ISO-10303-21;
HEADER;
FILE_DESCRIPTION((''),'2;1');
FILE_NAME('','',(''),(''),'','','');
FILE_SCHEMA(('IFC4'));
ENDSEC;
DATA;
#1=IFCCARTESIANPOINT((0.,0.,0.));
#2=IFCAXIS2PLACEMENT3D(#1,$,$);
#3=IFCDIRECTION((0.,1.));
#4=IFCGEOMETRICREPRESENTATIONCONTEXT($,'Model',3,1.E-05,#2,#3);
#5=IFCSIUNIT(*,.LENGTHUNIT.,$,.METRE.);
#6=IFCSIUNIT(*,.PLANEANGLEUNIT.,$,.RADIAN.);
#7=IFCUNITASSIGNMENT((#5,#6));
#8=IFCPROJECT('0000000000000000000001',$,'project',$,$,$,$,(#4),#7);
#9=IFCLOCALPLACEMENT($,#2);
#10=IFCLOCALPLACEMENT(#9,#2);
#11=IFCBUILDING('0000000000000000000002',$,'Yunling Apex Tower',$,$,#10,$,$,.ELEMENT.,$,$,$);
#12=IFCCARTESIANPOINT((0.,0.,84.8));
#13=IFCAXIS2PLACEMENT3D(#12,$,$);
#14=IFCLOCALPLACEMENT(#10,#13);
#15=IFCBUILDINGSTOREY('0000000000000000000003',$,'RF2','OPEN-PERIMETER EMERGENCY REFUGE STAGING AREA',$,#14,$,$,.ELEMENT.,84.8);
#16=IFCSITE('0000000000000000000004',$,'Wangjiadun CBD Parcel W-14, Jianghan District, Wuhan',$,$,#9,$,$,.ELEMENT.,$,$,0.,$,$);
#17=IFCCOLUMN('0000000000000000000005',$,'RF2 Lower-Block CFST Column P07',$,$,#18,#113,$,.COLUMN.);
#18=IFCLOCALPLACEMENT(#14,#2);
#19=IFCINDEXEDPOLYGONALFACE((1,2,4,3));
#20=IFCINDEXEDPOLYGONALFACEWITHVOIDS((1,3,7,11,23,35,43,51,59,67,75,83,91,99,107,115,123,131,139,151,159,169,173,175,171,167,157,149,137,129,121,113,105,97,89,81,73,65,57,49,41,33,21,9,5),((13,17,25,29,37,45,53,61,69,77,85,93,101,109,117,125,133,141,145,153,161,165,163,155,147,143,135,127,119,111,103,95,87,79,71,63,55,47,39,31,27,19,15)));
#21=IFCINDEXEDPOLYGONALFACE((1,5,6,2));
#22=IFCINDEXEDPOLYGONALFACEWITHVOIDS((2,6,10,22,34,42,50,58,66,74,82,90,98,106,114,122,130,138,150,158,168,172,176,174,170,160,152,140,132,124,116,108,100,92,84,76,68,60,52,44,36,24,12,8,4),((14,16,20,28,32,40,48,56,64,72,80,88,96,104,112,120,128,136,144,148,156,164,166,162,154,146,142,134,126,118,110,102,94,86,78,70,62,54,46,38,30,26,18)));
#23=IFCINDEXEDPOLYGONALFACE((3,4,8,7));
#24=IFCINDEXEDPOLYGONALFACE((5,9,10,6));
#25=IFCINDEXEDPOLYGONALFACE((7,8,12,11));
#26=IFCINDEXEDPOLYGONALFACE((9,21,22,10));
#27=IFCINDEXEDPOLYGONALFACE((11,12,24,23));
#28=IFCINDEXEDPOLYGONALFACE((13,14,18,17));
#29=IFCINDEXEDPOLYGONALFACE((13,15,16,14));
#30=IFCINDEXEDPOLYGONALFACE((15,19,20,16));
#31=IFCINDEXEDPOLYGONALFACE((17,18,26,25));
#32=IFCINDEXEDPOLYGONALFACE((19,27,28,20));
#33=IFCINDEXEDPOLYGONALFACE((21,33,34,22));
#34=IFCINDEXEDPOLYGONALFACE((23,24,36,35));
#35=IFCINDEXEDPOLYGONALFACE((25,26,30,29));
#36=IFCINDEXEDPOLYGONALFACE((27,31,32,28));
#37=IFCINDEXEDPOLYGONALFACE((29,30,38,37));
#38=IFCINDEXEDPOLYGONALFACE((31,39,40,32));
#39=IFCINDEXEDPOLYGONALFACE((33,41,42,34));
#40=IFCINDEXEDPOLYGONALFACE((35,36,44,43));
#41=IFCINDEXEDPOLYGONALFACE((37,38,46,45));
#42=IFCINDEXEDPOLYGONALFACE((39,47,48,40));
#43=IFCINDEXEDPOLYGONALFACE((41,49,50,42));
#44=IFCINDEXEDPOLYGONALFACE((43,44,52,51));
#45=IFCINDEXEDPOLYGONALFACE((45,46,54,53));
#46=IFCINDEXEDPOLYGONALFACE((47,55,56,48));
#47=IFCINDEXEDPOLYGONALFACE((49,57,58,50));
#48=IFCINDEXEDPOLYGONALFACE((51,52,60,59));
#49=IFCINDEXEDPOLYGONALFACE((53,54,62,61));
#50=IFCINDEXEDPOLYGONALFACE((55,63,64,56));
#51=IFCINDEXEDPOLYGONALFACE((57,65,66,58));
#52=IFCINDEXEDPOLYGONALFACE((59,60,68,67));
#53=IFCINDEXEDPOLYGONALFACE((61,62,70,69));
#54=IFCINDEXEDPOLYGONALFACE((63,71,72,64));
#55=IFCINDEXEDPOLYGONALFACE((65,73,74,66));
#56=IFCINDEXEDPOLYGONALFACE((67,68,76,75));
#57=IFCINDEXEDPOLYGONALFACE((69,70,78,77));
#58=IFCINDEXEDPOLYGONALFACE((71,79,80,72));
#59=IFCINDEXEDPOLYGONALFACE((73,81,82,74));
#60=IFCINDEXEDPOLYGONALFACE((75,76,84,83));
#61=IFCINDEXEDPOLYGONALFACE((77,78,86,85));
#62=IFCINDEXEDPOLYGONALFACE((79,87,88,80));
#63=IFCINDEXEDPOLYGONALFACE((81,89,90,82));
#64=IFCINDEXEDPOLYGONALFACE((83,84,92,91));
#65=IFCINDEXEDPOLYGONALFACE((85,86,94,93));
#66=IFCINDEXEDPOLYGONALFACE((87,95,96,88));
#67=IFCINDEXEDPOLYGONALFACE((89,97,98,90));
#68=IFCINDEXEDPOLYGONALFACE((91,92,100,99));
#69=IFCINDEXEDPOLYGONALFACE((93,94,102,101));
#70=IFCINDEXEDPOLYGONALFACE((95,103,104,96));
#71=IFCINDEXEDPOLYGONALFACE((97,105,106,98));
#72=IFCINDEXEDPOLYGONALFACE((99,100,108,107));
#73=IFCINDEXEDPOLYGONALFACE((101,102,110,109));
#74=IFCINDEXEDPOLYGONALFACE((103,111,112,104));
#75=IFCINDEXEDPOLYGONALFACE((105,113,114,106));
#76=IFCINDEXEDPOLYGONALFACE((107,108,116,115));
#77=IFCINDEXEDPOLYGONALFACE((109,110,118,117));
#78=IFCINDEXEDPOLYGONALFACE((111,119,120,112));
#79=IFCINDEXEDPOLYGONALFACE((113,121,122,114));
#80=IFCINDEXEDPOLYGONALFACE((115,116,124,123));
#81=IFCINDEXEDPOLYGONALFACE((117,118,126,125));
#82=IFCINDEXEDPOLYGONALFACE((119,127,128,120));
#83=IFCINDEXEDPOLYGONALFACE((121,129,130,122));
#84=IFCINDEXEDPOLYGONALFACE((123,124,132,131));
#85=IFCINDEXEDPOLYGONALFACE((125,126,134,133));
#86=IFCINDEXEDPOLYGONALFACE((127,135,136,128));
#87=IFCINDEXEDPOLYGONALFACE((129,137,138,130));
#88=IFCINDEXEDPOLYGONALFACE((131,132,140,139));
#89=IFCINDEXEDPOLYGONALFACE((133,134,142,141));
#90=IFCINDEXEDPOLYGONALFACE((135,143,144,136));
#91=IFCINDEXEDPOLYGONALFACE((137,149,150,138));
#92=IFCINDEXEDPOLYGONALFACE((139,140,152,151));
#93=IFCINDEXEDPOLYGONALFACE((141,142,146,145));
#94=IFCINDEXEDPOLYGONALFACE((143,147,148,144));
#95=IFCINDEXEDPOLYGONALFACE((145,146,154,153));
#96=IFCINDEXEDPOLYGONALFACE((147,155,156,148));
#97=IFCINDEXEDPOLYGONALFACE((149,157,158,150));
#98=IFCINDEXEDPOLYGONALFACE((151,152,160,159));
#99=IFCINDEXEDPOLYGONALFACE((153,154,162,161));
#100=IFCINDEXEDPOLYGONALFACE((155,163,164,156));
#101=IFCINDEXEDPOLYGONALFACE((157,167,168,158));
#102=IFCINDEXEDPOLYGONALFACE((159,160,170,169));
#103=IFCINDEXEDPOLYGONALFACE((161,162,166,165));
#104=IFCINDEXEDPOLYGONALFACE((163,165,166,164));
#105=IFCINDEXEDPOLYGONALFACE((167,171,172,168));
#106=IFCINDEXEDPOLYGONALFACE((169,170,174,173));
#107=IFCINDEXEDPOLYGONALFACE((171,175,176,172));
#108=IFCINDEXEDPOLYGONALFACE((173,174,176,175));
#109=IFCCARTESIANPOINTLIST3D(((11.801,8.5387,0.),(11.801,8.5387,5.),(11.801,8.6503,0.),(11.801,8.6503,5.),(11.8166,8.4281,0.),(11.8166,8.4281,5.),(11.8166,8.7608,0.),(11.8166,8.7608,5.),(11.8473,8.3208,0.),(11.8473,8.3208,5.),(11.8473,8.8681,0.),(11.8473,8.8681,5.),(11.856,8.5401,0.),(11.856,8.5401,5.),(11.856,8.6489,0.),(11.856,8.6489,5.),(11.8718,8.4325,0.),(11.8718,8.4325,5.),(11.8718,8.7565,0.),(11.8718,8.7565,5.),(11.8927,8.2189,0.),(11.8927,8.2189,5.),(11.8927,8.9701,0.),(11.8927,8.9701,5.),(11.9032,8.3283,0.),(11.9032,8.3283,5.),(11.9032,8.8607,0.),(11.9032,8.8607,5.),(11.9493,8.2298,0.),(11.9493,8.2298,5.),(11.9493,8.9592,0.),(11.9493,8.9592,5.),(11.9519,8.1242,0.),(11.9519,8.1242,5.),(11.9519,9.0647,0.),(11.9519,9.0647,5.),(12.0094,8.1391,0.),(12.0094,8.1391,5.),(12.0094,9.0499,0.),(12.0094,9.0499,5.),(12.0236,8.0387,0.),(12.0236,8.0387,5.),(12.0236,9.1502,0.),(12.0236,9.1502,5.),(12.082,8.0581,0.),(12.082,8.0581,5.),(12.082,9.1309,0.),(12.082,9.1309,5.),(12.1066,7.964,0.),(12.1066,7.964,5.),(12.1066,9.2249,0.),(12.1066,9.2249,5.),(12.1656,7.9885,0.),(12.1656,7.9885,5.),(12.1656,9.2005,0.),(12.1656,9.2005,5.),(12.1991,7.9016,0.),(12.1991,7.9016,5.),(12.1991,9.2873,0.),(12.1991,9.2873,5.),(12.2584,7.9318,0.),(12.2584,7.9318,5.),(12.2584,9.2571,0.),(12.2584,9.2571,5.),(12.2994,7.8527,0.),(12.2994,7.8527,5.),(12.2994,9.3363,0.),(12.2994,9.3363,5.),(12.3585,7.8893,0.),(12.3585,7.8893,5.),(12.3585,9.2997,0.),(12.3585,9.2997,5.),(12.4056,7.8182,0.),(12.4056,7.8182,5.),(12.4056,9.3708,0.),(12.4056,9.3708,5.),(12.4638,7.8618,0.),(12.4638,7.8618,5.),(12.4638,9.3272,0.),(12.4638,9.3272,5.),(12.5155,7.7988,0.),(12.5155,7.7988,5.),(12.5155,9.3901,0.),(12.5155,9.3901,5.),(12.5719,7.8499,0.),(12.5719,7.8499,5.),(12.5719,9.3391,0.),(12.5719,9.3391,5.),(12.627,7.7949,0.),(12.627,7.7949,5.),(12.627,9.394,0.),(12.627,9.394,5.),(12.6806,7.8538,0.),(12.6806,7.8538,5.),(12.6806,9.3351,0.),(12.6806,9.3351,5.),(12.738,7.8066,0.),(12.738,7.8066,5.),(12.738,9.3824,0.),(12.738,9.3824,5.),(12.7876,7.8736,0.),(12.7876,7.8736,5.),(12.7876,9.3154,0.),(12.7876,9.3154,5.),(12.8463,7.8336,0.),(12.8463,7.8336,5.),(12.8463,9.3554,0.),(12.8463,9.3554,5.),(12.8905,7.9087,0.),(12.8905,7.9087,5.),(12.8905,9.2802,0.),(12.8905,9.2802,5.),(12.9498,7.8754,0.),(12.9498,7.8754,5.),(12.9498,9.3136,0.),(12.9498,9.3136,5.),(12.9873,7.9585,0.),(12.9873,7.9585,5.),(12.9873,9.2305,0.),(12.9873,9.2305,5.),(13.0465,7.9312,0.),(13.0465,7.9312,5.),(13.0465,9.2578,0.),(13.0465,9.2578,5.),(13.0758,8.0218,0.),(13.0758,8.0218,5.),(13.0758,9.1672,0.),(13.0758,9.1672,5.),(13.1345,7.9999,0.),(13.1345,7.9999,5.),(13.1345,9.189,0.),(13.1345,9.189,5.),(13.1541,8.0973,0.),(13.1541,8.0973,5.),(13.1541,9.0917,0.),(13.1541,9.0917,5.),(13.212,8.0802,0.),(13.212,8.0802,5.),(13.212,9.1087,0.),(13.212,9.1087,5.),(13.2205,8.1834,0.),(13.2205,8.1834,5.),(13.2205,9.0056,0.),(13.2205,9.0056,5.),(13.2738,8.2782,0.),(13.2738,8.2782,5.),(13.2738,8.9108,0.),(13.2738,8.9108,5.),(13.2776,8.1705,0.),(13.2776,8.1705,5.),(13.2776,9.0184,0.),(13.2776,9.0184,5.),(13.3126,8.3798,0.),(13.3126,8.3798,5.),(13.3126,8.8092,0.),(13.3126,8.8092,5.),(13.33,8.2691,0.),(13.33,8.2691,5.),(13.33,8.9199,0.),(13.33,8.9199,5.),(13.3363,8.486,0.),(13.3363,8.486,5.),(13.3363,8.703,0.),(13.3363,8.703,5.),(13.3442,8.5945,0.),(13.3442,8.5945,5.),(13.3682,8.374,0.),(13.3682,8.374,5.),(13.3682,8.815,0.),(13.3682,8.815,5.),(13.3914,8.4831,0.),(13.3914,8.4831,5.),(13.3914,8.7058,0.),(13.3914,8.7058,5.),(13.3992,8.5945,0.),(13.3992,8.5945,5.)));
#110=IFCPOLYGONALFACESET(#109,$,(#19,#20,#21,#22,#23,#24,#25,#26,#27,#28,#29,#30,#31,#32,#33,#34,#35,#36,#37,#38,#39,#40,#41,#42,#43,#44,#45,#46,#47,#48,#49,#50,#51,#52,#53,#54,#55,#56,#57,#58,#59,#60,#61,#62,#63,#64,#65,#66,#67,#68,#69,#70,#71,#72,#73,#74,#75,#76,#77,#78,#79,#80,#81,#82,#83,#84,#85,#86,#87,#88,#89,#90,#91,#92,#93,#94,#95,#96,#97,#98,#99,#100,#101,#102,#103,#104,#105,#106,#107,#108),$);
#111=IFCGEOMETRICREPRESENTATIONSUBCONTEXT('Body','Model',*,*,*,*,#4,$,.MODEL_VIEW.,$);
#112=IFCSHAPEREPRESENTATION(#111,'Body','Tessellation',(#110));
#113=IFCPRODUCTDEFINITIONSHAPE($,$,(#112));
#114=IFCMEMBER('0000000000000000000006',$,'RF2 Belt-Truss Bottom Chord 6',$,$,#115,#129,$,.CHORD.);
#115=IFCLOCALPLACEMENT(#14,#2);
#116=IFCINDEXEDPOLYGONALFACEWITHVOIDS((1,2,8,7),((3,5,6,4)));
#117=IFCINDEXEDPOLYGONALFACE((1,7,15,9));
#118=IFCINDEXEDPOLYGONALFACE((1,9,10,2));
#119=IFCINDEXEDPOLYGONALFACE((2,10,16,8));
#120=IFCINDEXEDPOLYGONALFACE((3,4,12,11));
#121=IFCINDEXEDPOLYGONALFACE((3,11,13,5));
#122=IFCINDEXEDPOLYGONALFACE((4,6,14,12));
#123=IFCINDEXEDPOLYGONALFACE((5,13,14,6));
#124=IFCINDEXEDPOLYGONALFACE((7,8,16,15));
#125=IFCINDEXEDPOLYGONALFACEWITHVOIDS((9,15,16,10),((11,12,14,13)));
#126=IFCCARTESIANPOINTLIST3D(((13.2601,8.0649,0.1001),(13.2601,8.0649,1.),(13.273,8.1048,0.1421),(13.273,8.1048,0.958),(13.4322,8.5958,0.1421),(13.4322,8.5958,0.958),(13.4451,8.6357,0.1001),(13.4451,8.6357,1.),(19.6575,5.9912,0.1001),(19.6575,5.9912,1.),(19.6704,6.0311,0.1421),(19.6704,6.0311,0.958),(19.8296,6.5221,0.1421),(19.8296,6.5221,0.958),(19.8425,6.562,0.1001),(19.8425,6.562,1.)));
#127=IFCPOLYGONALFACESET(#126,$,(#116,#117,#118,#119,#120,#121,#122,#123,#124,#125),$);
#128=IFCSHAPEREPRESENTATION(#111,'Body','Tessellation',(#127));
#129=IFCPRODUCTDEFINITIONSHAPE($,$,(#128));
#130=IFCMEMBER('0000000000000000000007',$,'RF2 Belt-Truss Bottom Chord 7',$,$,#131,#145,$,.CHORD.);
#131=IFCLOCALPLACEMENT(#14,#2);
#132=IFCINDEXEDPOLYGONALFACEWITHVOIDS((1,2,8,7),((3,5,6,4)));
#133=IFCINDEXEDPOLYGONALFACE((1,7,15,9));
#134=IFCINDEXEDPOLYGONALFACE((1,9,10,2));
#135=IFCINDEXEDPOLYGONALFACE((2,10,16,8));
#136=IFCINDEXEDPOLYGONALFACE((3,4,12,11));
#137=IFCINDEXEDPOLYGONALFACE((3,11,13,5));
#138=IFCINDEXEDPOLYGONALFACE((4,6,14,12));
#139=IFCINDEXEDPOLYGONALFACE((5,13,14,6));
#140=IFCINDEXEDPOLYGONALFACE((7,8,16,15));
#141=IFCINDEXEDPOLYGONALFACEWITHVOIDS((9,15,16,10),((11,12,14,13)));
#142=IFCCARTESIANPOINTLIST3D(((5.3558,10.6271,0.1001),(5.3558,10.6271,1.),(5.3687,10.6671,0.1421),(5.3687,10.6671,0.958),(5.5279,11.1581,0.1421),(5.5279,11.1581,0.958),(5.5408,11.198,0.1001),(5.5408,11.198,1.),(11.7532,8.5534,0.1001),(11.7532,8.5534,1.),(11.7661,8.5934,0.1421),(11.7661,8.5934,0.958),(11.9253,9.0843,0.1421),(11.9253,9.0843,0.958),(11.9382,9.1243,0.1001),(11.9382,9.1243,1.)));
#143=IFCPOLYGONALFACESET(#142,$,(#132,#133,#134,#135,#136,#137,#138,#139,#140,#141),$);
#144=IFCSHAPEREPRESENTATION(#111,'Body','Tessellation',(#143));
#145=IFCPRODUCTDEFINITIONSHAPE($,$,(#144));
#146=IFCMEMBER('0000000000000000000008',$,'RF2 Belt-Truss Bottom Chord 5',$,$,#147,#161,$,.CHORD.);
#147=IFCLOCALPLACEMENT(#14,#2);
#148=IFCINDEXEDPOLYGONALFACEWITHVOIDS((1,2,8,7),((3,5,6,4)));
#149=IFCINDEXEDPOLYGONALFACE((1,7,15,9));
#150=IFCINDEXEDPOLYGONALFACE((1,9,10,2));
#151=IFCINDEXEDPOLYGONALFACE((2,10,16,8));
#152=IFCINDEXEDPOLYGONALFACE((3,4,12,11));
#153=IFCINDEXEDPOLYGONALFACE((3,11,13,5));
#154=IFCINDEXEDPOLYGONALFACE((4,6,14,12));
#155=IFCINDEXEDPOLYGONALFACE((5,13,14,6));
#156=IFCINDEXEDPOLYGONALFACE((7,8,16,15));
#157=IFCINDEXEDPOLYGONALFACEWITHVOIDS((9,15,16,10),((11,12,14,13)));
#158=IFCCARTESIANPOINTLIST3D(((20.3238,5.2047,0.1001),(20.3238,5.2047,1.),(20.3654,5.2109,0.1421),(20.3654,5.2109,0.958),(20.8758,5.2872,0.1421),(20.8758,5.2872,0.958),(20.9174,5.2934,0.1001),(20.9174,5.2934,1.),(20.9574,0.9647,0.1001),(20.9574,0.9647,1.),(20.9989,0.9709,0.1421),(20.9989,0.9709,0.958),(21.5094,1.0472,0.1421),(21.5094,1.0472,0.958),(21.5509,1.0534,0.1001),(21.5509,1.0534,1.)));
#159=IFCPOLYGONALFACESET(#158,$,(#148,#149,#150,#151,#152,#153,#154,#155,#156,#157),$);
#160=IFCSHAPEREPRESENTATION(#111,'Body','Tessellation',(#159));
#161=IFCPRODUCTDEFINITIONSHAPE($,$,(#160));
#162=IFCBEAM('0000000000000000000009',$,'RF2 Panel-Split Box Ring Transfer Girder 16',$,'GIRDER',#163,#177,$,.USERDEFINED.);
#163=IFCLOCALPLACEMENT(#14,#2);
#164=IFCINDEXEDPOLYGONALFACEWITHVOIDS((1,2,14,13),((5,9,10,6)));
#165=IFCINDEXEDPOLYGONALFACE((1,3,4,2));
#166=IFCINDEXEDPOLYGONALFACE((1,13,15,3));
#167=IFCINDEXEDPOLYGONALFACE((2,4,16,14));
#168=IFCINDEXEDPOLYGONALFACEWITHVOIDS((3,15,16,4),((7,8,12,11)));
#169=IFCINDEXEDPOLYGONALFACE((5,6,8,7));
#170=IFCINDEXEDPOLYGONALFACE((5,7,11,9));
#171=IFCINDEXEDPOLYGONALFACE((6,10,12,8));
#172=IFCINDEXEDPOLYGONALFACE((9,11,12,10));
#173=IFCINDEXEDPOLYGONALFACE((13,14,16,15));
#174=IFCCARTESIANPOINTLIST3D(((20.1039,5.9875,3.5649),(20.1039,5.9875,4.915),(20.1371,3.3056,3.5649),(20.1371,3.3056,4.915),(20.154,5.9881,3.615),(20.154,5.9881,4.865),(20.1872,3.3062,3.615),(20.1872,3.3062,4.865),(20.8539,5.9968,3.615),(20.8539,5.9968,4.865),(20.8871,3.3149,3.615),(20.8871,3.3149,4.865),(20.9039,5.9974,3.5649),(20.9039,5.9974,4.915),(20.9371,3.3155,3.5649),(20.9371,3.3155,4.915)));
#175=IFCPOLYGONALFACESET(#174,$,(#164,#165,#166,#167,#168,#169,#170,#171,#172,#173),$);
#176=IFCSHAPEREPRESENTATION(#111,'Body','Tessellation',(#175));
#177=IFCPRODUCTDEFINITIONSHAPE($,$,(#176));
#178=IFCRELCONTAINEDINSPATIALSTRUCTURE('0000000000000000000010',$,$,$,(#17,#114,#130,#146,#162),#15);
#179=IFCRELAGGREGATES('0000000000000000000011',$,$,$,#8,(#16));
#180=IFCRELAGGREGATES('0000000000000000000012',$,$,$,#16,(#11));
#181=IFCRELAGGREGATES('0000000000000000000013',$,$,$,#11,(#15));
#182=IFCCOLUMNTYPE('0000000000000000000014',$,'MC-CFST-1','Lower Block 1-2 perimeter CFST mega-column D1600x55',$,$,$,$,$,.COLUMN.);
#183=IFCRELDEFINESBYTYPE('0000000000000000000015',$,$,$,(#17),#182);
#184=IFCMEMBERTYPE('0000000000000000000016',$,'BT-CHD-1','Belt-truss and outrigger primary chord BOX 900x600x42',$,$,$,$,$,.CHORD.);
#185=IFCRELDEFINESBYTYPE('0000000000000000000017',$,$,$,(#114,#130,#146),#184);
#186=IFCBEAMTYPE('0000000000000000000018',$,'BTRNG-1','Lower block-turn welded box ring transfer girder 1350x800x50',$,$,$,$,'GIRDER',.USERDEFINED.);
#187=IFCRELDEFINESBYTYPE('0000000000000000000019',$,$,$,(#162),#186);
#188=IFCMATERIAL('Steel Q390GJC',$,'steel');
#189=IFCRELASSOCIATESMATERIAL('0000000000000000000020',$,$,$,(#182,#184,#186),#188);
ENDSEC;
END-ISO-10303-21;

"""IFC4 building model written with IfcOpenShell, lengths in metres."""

from ifc_helpers import new_model, si_unit, direction, frame, origin, origin_2d, place, context, subcontext, project, spatial, hollow_rectangle, hollow_circle, extrude, source, transform, mapped, material, material_profile, profile_set, type_object, element, save


model = new_model("IFC4")

# Units and contexts
model_context = context("Model", 3, precision=1e-05, world=origin(), true_north=direction((0.0, 1.0)))
body_context = subcontext(model_context, "Body", "Model", "MODEL_VIEW")
ifc_project = project(units=[si_unit("LENGTHUNIT", "METRE"), si_unit("PLANEANGLEUNIT", "RADIAN")], contexts=[model_context])

# Site, building, storey
site_placement = place(None, origin())
site = spatial("IfcSite", under=ifc_project, at=site_placement, Name="Wangjiadun CBD Parcel W-14, Jianghan District, Wuhan", CompositionType="ELEMENT", RefElevation=0.0)
building_placement = place(site_placement, origin())
building = spatial("IfcBuilding", under=site, at=building_placement, Name="Yunling Apex Tower", CompositionType="ELEMENT")
storey_placement = place(building_placement, frame((0.0, 0.0, 84.8)))
storey = spatial("IfcBuildingStorey", under=building, at=storey_placement, Name="RF2", Description="OPEN-PERIMETER EMERGENCY REFUGE STAGING AREA", CompositionType="ELEMENT", Elevation=84.8)

# Column
ifc_material_1 = material(Name="Steel Q390GJC", Category="steel")
ifc_material_profile_1 = material_profile(ifc_material_1, hollow_circle(Radius=0.8, WallThickness=0.0549, at=origin_2d()))
ifc_profile_set_1 = profile_set([ifc_material_profile_1], Name="Steel Q390GJC")
column_type_1 = type_object("IfcColumnType", Name="MC-CFST-1", Description="Lower Block 1-2 perimeter CFST mega-column D1600x55", PredefinedType="COLUMN", material=ifc_profile_set_1)
shared_shape_1 = source(origin(), body_context, "Body", "SweptSolid", [
    extrude(hollow_circle(Radius=0.8, WallThickness=0.0549, at=origin_2d()), origin(), (0.0, 0.0, 1.0), 5.0),
])
for number, where, z_axis, x_axis, name in (
    (1, (12.5991, 8.5945, 0.0), (0.0, 0.0, 1.0), (1.0, 0.0, 0.0), "RF2 Lower-Block CFST Column P07"),
):
    element("IfcColumn", number, at=place(storey_placement, frame(where, z_axis=z_axis, x_axis=x_axis)), inside=storey, type_object=column_type_1, Name=name, PredefinedType="COLUMN", context=body_context, shape_type="MappedRepresentation", body=[
        mapped(shared_shape_1, transform((0.0, 0.0, 0.0), scale=1.0)),
    ])

# Members
ifc_material_profile_2 = material_profile(ifc_material_1, hollow_rectangle(XDim=0.6001, YDim=0.8999, WallThickness=0.042, at=origin_2d()))
ifc_profile_set_2 = profile_set([ifc_material_profile_2], Name="Steel Q390GJC")
member_type_1 = type_object("IfcMemberType", Name="BT-CHD-1", Description="Belt-truss and outrigger primary chord BOX 900x600x42", PredefinedType="CHORD", material=ifc_profile_set_2)
shared_shape_2 = source(origin(), body_context, "Body", "SweptSolid", [
    extrude(hollow_rectangle(XDim=0.6001, YDim=0.8999, WallThickness=0.042, at=origin_2d()), origin(), (0.0, 0.0, 1.0), 6.7251),
])
for number, where, z_axis, x_axis, name in (
    (2, (19.75, 6.2766, 0.55), (-0.951272, 0.308354, 0.0), (-0.308354, -0.951272, 0.0), "RF2 Belt-Truss Bottom Chord 6"),
    (3, (11.8457, 8.8389, 0.55), (-0.951272, 0.308354, 0.0), (-0.308354, -0.951272, 0.0), "RF2 Belt-Truss Bottom Chord 7"),
):
    element("IfcMember", number, at=place(storey_placement, frame(where, z_axis=z_axis, x_axis=x_axis)), inside=storey, type_object=member_type_1, Name=name, PredefinedType="CHORD", context=body_context, shape_type="MappedRepresentation", body=[
        mapped(shared_shape_2, transform((0.0, 0.0, 0.0), scale=1.0)),
    ])
shared_shape_3 = source(origin(), body_context, "Body", "SweptSolid", [
    extrude(hollow_rectangle(XDim=0.6001, YDim=0.8999, WallThickness=0.042, at=origin_2d()), origin(), (0.0, 0.0, 1.0), 4.2871),
])
member_1_placement = place(storey_placement, frame((21.2542, 1.009, 0.55), z_axis=(-0.147781, 0.98902, 0.0), x_axis=(-0.98902, -0.147781, 0.0)))
element("IfcMember", 4, at=member_1_placement, inside=storey, type_object=member_type_1, Name="RF2 Belt-Truss Bottom Chord 5", PredefinedType="CHORD", context=body_context, shape_type="MappedRepresentation", body=[
    mapped(shared_shape_3, transform((0.0, 0.0, 0.0), scale=1.0)),
])

# Beam
ifc_material_profile_3 = material_profile(ifc_material_1, hollow_rectangle(XDim=0.8, YDim=1.3501, WallThickness=0.05, at=origin_2d()))
ifc_profile_set_3 = profile_set([ifc_material_profile_3], Name="Steel Q390GJC")
beam_type = type_object("IfcBeamType", Name="BTRNG-1", Description="Lower block-turn welded box ring transfer girder 1350x800x50", ElementType="GIRDER", PredefinedType="USERDEFINED", material=ifc_profile_set_3)
shared_shape_4 = source(origin(), body_context, "Body", "SweptSolid", [
    extrude(hollow_rectangle(XDim=0.8, YDim=1.3501, WallThickness=0.05, at=origin_2d()), origin(), (0.0, 0.0, 1.0), 2.6821),
])
beam_1_placement = place(storey_placement, frame((20.5371, 3.3105, 4.24), z_axis=(-0.01238, 0.999923, 0.0), x_axis=(-0.999923, -0.01238, 0.0)))
element("IfcBeam", 5, at=beam_1_placement, inside=storey, type_object=beam_type, Name="RF2 Panel-Split Box Ring Transfer Girder 16", ObjectType="GIRDER", PredefinedType="USERDEFINED", context=body_context, shape_type="MappedRepresentation", body=[
    mapped(shared_shape_4, transform((0.0, 0.0, 0.0), scale=1.0)),
])

save(model, "model.ifc")
